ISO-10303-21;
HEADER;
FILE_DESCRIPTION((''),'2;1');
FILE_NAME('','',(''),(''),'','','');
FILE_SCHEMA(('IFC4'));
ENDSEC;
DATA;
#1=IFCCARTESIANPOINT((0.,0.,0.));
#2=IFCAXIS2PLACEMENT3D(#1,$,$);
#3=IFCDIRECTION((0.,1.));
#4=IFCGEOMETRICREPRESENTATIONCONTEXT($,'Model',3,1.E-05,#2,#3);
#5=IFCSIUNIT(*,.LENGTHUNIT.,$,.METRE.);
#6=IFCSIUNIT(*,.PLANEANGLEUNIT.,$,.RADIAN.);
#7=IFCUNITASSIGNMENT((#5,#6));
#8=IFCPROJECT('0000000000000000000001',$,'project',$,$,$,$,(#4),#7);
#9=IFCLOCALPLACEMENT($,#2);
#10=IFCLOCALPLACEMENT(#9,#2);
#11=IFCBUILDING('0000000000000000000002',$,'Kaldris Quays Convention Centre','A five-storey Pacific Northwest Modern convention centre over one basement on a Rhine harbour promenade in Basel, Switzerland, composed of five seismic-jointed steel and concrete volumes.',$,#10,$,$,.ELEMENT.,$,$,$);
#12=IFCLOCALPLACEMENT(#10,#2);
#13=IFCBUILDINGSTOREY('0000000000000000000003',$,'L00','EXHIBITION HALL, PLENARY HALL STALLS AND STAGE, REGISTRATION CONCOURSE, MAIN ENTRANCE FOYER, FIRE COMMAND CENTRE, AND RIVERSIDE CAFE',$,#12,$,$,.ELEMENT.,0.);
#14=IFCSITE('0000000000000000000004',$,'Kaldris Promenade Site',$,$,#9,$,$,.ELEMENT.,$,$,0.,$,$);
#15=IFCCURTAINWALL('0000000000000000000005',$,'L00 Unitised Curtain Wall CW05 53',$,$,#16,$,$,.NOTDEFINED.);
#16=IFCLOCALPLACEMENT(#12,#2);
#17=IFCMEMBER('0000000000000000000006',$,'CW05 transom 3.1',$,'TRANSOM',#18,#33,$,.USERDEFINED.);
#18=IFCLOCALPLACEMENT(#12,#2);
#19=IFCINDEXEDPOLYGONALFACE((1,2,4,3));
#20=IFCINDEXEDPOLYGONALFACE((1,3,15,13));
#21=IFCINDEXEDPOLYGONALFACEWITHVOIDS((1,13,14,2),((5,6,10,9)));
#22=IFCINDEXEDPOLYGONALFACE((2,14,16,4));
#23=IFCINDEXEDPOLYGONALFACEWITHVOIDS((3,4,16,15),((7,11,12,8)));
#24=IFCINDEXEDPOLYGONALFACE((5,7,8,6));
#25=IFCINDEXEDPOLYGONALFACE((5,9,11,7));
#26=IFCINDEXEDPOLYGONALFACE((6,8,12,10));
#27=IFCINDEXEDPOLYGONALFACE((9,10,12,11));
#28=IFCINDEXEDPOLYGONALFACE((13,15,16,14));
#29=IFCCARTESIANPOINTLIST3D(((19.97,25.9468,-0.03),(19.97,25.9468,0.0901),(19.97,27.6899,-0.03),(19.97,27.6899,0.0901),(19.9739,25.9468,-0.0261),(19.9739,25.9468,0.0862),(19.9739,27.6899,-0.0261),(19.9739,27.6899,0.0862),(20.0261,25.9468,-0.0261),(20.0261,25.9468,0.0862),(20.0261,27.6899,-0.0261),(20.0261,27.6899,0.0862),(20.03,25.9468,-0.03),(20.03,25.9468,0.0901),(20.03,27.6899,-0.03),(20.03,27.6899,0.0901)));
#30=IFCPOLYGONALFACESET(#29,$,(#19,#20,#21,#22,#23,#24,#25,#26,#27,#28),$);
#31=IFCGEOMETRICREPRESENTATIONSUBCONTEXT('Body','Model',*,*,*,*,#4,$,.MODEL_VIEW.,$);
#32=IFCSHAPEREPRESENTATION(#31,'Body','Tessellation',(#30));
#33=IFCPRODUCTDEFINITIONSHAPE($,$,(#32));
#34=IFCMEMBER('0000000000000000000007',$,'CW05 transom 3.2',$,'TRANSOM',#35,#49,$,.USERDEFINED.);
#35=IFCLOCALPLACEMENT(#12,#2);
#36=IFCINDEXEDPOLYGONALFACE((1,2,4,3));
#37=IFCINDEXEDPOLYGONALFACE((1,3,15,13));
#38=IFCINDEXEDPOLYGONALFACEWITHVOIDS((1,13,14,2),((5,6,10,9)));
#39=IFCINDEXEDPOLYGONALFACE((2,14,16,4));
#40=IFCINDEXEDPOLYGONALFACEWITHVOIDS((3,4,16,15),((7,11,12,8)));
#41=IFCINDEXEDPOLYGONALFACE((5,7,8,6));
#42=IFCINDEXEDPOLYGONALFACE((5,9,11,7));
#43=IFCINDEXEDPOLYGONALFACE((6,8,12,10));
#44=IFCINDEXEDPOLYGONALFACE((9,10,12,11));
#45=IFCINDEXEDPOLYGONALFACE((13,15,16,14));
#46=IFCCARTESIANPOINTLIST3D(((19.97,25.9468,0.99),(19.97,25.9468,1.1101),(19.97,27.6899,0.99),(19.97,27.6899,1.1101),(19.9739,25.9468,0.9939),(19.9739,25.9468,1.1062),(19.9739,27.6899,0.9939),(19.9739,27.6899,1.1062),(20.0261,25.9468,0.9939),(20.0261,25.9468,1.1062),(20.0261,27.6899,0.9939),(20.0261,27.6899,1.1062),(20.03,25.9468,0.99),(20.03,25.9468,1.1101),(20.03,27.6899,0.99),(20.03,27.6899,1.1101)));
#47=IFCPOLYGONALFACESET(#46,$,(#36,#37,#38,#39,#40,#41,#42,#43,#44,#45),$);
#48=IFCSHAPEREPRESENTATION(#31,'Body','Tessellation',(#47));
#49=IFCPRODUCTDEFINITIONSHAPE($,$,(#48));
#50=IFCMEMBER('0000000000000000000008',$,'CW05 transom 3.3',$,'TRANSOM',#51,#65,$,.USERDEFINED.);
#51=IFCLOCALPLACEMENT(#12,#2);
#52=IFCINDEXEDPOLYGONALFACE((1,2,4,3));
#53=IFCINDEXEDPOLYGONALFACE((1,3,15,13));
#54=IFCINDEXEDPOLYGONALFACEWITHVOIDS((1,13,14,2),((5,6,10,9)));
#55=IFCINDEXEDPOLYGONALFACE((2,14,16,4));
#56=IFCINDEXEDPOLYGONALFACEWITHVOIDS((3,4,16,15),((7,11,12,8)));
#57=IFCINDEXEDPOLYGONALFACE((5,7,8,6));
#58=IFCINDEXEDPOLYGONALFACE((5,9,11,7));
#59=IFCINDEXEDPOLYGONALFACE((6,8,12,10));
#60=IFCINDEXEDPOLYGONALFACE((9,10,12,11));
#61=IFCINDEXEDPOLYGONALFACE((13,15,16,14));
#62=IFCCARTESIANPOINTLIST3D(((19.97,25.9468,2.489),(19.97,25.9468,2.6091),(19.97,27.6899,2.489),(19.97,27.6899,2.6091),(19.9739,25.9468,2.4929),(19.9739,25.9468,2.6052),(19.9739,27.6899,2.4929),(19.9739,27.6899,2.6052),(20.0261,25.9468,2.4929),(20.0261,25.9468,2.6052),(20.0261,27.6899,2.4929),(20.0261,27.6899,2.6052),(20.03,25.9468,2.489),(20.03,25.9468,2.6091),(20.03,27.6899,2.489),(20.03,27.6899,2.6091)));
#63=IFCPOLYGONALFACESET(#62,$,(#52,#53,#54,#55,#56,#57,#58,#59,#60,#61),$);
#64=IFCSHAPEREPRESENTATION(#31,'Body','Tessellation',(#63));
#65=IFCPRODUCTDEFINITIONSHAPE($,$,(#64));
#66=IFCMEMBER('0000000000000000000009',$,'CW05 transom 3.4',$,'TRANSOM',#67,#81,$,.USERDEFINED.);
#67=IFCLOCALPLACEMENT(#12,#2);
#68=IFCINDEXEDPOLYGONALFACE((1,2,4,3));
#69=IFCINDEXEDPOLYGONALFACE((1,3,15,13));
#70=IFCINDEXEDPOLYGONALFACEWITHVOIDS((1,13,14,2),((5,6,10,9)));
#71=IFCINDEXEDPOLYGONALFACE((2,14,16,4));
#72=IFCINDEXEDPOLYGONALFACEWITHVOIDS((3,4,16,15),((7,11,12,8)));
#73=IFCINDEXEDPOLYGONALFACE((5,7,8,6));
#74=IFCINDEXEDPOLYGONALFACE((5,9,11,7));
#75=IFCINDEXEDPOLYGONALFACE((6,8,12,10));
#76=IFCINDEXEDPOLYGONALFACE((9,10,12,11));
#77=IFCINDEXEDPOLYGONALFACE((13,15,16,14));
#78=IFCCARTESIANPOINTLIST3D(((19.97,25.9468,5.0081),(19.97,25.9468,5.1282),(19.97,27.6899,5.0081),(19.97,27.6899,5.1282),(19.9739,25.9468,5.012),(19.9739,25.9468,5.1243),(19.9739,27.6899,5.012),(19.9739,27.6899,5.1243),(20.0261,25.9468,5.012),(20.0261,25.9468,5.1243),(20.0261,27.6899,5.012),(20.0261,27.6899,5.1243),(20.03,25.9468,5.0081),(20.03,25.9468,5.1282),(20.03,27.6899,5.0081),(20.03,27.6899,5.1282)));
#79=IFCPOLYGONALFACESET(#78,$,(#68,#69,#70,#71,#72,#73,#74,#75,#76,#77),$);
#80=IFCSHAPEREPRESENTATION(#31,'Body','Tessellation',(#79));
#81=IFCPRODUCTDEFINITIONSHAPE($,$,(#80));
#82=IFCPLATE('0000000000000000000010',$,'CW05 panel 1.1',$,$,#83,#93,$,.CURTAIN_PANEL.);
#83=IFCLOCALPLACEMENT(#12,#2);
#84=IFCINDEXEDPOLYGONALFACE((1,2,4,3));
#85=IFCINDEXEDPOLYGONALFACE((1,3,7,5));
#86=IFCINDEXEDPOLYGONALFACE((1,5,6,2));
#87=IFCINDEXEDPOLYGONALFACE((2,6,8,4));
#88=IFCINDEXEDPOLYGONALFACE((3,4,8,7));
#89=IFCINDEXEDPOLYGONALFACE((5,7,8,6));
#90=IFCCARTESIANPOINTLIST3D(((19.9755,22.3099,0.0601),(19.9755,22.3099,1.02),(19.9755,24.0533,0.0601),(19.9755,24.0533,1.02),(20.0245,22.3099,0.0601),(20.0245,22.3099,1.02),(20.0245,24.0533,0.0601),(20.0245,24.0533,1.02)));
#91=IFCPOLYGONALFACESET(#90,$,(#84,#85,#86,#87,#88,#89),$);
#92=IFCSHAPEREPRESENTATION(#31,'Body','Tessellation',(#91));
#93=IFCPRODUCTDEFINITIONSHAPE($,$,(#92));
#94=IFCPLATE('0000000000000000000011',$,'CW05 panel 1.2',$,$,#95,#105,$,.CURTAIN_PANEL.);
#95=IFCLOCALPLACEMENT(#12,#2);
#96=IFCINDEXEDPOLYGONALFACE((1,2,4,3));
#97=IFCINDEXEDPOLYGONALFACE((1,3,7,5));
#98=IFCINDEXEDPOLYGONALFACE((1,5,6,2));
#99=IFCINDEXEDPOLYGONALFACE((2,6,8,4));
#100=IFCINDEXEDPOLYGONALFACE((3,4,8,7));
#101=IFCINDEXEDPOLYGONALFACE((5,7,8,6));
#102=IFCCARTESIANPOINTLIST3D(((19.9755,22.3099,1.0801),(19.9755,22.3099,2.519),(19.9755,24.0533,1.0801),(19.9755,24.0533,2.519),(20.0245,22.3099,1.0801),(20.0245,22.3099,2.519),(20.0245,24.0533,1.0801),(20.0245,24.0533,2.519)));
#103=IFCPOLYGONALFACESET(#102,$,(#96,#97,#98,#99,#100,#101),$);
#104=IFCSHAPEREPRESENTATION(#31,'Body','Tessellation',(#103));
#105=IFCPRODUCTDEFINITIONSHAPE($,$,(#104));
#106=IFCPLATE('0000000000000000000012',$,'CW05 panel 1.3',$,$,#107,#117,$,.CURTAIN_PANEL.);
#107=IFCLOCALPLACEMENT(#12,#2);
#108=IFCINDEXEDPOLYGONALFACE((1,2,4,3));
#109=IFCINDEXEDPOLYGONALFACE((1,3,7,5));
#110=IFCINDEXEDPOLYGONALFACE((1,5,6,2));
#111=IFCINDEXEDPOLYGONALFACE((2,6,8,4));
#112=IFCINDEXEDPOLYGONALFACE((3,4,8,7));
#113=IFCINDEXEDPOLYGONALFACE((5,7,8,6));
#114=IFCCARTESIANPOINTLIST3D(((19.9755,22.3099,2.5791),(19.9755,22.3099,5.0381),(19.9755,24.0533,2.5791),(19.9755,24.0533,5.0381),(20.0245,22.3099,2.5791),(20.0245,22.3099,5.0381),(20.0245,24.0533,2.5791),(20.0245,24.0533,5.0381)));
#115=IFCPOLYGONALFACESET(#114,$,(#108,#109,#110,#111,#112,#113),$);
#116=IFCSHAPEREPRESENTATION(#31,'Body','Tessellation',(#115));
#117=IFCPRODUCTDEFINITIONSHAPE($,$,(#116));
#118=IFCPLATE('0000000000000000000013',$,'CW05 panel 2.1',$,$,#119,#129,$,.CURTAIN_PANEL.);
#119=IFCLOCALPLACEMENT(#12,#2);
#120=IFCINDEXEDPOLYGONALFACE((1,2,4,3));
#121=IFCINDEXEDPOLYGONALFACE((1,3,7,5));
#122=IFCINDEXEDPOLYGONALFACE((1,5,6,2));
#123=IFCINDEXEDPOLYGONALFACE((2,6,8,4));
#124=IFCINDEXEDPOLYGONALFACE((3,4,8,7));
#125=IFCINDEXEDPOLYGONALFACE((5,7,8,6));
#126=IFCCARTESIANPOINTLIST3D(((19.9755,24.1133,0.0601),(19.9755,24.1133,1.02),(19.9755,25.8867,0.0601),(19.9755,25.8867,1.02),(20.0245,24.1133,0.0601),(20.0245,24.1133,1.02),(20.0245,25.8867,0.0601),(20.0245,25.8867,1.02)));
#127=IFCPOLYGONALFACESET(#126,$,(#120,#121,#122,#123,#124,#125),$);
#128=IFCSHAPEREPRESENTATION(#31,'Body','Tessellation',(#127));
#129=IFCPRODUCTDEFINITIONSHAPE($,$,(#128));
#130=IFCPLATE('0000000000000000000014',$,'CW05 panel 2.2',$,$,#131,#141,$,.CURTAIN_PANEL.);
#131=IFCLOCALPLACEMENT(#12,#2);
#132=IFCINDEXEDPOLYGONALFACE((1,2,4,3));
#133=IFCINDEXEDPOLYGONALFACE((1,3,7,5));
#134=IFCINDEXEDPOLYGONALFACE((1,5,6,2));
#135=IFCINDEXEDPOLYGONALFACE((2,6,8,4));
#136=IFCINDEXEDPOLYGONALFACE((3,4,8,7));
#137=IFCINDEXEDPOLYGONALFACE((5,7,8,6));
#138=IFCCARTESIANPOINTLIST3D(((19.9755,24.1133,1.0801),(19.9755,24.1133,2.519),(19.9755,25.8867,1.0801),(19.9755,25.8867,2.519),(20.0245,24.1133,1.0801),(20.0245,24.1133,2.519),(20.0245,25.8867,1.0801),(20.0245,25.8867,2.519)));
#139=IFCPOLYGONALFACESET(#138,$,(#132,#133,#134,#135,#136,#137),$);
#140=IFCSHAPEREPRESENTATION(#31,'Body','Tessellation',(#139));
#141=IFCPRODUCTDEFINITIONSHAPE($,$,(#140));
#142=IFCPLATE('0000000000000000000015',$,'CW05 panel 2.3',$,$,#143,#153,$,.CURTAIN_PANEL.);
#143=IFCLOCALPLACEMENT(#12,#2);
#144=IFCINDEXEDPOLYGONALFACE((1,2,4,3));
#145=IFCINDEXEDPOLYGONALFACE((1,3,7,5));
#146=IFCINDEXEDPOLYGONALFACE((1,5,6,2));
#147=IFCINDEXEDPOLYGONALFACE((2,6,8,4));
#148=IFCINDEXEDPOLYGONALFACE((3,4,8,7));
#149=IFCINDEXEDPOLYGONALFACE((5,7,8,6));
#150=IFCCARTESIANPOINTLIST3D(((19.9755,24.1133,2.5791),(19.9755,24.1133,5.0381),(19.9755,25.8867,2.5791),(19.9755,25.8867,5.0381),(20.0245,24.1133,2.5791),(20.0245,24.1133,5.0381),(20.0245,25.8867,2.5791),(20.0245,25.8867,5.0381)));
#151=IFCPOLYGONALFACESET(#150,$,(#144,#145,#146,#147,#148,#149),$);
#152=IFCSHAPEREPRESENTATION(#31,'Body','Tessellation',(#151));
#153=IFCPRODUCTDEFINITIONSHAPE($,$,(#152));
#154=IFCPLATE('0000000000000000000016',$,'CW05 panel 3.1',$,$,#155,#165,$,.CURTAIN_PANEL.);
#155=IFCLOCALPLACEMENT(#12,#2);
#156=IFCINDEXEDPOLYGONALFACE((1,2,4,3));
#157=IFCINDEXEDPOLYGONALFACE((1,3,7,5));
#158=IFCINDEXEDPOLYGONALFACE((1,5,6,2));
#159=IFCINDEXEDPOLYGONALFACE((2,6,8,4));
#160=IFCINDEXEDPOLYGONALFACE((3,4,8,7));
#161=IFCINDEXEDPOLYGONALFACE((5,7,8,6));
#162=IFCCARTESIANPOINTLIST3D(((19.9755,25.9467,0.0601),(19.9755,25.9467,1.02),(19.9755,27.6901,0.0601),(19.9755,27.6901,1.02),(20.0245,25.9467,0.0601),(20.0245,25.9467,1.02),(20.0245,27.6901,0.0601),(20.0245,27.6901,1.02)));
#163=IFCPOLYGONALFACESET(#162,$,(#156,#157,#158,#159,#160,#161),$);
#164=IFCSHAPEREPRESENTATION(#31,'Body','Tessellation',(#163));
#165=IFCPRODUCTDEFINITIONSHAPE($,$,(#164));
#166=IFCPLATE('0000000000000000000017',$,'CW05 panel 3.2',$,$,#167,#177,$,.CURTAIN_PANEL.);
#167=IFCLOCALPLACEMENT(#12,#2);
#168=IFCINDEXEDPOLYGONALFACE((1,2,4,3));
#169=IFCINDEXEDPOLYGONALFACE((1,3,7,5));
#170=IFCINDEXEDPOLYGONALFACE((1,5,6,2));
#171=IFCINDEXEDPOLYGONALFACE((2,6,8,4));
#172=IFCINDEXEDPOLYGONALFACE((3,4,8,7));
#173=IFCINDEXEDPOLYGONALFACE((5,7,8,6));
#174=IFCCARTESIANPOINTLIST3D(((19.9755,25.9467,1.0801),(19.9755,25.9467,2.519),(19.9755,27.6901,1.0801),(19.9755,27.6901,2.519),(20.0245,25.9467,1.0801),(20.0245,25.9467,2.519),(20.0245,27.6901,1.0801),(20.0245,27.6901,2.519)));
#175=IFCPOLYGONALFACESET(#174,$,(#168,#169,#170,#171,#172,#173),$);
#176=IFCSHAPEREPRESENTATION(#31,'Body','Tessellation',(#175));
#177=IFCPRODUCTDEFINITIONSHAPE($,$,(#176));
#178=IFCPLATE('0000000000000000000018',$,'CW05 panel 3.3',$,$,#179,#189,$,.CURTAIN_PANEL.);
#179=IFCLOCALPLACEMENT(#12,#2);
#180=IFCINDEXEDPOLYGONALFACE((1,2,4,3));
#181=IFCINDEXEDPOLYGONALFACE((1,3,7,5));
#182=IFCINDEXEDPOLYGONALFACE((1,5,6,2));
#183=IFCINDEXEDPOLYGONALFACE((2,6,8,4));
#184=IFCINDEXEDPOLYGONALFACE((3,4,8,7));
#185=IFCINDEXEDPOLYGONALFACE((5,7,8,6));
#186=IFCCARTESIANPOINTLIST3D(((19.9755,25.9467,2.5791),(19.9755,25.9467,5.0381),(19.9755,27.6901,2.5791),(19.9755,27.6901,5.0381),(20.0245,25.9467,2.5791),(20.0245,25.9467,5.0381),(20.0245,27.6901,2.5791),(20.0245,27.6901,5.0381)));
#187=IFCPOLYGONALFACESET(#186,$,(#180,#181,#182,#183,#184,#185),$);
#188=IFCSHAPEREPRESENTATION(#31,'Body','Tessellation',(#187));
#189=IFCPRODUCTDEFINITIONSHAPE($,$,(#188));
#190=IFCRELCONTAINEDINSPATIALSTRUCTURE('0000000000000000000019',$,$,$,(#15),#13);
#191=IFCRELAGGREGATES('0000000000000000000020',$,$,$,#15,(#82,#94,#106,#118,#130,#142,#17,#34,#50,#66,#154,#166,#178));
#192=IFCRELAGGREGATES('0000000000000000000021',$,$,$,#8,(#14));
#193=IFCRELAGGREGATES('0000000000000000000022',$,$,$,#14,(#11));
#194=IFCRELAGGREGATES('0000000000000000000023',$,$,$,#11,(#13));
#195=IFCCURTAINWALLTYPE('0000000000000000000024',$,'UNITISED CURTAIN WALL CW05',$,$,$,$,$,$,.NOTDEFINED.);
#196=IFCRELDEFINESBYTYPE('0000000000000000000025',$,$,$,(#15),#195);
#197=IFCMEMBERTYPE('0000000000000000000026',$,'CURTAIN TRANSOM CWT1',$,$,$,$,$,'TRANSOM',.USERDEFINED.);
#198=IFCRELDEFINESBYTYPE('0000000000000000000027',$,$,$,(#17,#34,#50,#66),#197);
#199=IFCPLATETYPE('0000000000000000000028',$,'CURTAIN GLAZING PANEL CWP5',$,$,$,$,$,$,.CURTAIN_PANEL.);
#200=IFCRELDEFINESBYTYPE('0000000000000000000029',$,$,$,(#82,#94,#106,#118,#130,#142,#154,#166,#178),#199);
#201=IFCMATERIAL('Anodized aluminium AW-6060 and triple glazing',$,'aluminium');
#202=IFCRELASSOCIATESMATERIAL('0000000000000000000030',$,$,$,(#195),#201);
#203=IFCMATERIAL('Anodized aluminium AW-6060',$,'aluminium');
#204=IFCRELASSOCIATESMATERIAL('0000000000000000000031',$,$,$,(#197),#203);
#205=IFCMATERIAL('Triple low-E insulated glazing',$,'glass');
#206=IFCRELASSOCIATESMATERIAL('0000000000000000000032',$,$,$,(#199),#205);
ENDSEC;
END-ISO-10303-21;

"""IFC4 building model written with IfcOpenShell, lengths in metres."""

from ifc_helpers import new_model, si_unit, direction, frame, origin, origin_2d, place, context, subcontext, project, spatial, rectangle, hollow_rectangle, extrude, material, material_profile, profile_set, type_object, element, aggregate, save


model = new_model("IFC4")

# Units and contexts
model_context = context("Model", 3, precision=1e-05, world=origin(), true_north=direction((0.0, 1.0)))
body_context = subcontext(model_context, "Body", "Model", "MODEL_VIEW")
ifc_project = project(units=[si_unit("LENGTHUNIT", "METRE"), si_unit("PLANEANGLEUNIT", "RADIAN")], contexts=[model_context])

# Site, building, storey
site_placement = place(None, origin())
site = spatial("IfcSite", under=ifc_project, at=site_placement, Name="Kaldris Promenade Site", CompositionType="ELEMENT", RefElevation=0.0)
building_placement = place(site_placement, origin())
building = spatial("IfcBuilding", under=site, at=building_placement, Name="Kaldris Quays Convention Centre", Description="A five-storey Pacific Northwest Modern convention centre over one basement on a Rhine harbour promenade in Basel, Switzerland, composed of five seismic-jointed steel and concrete volumes.", CompositionType="ELEMENT")
storey_placement = place(building_placement, origin())
storey = spatial("IfcBuildingStorey", under=building, at=storey_placement, Name="L00", Description="EXHIBITION HALL, PLENARY HALL STALLS AND STAGE, REGISTRATION CONCOURSE, MAIN ENTRANCE FOYER, FIRE COMMAND CENTRE, AND RIVERSIDE CAFE", CompositionType="ELEMENT", Elevation=0.0)

# Curtain wall, members, plates
ifc_material_1 = material(Name="Anodized aluminium AW-6060 and triple glazing", Category="aluminium")
curtain_wall_type = type_object("IfcCurtainWallType", Name="UNITISED CURTAIN WALL CW05", PredefinedType="NOTDEFINED", material=ifc_material_1)
curtain_wall_placement = place(storey_placement, origin())
curtain_wall = element("IfcCurtainWall", 1, at=curtain_wall_placement, inside=storey, type_object=curtain_wall_type, Name="L00 Unitised Curtain Wall CW05 53", PredefinedType="NOTDEFINED")
ifc_material_2 = material(Name="Anodized aluminium AW-6060", Category="aluminium")
ifc_material_profile_1 = material_profile(ifc_material_2, hollow_rectangle(XDim=0.0601, YDim=0.1201, WallThickness=0.0039, at=origin_2d()), Name="RHS 120x60x4")
ifc_profile_set_1 = profile_set([ifc_material_profile_1], Name="Anodized aluminium AW-6060")
member_type_1 = type_object("IfcMemberType", Name="CURTAIN TRANSOM CWT1", ElementType="TRANSOM", PredefinedType="USERDEFINED", material=ifc_profile_set_1)
member_1_placement = place(storey_placement, frame((20.0, 25.9468, 0.03), z_axis=(0.0, 1.0, 0.0), x_axis=(-1.0, 0.0, 0.0)))
member_1 = element("IfcMember", 2, at=member_1_placement, type_object=member_type_1, Name="CW05 transom 3.1", ObjectType="TRANSOM", PredefinedType="USERDEFINED", context=body_context, shape_type="SweptSolid", body=[
    extrude(hollow_rectangle(XDim=0.0601, YDim=0.1201, WallThickness=0.0039, at=origin_2d()), origin(), (0.0, 0.0, 1.0), 1.7432),
])
member_2_placement = place(storey_placement, frame((20.0, 25.9468, 1.05), z_axis=(0.0, 1.0, 0.0), x_axis=(-1.0, 0.0, 0.0)))
member_2 = element("IfcMember", 3, at=member_2_placement, type_object=member_type_1, Name="CW05 transom 3.2", ObjectType="TRANSOM", PredefinedType="USERDEFINED", context=body_context, shape_type="SweptSolid", body=[
    extrude(hollow_rectangle(XDim=0.0601, YDim=0.1201, WallThickness=0.0039, at=origin_2d()), origin(), (0.0, 0.0, 1.0), 1.7432),
])
member_3_placement = place(storey_placement, frame((20.0, 25.9468, 2.5491), z_axis=(0.0, 1.0, 0.0), x_axis=(-1.0, 0.0, 0.0)))
member_3 = element("IfcMember", 4, at=member_3_placement, type_object=member_type_1, Name="CW05 transom 3.3", ObjectType="TRANSOM", PredefinedType="USERDEFINED", context=body_context, shape_type="SweptSolid", body=[
    extrude(hollow_rectangle(XDim=0.0601, YDim=0.1201, WallThickness=0.0039, at=origin_2d()), origin(), (0.0, 0.0, 1.0), 1.7432),
])
member_4_placement = place(storey_placement, frame((20.0, 25.9468, 5.0681), z_axis=(0.0, 1.0, 0.0), x_axis=(-1.0, 0.0, 0.0)))
member_4 = element("IfcMember", 5, at=member_4_placement, type_object=member_type_1, Name="CW05 transom 3.4", ObjectType="TRANSOM", PredefinedType="USERDEFINED", context=body_context, shape_type="SweptSolid", body=[
    extrude(hollow_rectangle(XDim=0.0601, YDim=0.1201, WallThickness=0.0039, at=origin_2d()), origin(), (0.0, 0.0, 1.0), 1.7432),
])
ifc_material_3 = material(Name="Triple low-E insulated glazing", Category="glass")
plate_type = type_object("IfcPlateType", Name="CURTAIN GLAZING PANEL CWP5", PredefinedType="CURTAIN_PANEL", material=ifc_material_3)
plate_1_placement = place(storey_placement, frame((20.0, 23.1816, 0.0601), z_axis=(0.0, 0.0, 1.0), x_axis=(0.0, 1.0, 0.0)))
plate_1 = element("IfcPlate", 6, at=plate_1_placement, type_object=plate_type, Name="CW05 panel 1.1", PredefinedType="CURTAIN_PANEL", context=body_context, shape_type="SweptSolid", body=[
    extrude(rectangle(XDim=1.7434, YDim=0.0491, at=origin_2d()), origin(), (0.0, 0.0, 1.0), 0.96),
])
plate_2_placement = place(storey_placement, frame((20.0, 23.1816, 1.0801), z_axis=(0.0, 0.0, 1.0), x_axis=(0.0, 1.0, 0.0)))
plate_2 = element("IfcPlate", 7, at=plate_2_placement, type_object=plate_type, Name="CW05 panel 1.2", PredefinedType="CURTAIN_PANEL", context=body_context, shape_type="SweptSolid", body=[
    extrude(rectangle(XDim=1.7434, YDim=0.0491, at=origin_2d()), origin(), (0.0, 0.0, 1.0), 1.439),
])
plate_3_placement = place(storey_placement, frame((20.0, 23.1816, 2.5791), z_axis=(0.0, 0.0, 1.0), x_axis=(0.0, 1.0, 0.0)))
plate_3 = element("IfcPlate", 8, at=plate_3_placement, type_object=plate_type, Name="CW05 panel 1.3", PredefinedType="CURTAIN_PANEL", context=body_context, shape_type="SweptSolid", body=[
    extrude(rectangle(XDim=1.7434, YDim=0.0491, at=origin_2d()), origin(), (0.0, 0.0, 1.0), 2.459),
])
plate_4_placement = place(storey_placement, frame((20.0, 25.0, 0.0601), z_axis=(0.0, 0.0, 1.0), x_axis=(0.0, 1.0, 0.0)))
plate_4 = element("IfcPlate", 9, at=plate_4_placement, type_object=plate_type, Name="CW05 panel 2.1", PredefinedType="CURTAIN_PANEL", context=body_context, shape_type="SweptSolid", body=[
    extrude(rectangle(XDim=1.7734, YDim=0.0491, at=origin_2d()), origin(), (0.0, 0.0, 1.0), 0.96),
])
plate_5_placement = place(storey_placement, frame((20.0, 25.0, 1.0801), z_axis=(0.0, 0.0, 1.0), x_axis=(0.0, 1.0, 0.0)))
plate_5 = element("IfcPlate", 10, at=plate_5_placement, type_object=plate_type, Name="CW05 panel 2.2", PredefinedType="CURTAIN_PANEL", context=body_context, shape_type="SweptSolid", body=[
    extrude(rectangle(XDim=1.7734, YDim=0.0491, at=origin_2d()), origin(), (0.0, 0.0, 1.0), 1.439),
])
plate_6_placement = place(storey_placement, frame((20.0, 25.0, 2.5791), z_axis=(0.0, 0.0, 1.0), x_axis=(0.0, 1.0, 0.0)))
plate_6 = element("IfcPlate", 11, at=plate_6_placement, type_object=plate_type, Name="CW05 panel 2.3", PredefinedType="CURTAIN_PANEL", context=body_context, shape_type="SweptSolid", body=[
    extrude(rectangle(XDim=1.7734, YDim=0.0491, at=origin_2d()), origin(), (0.0, 0.0, 1.0), 2.459),
])
plate_7_placement = place(storey_placement, frame((20.0, 26.8184, 0.0601), z_axis=(0.0, 0.0, 1.0), x_axis=(0.0, 1.0, 0.0)))
plate_7 = element("IfcPlate", 12, at=plate_7_placement, type_object=plate_type, Name="CW05 panel 3.1", PredefinedType="CURTAIN_PANEL", context=body_context, shape_type="SweptSolid", body=[
    extrude(rectangle(XDim=1.7434, YDim=0.0491, at=origin_2d()), origin(), (0.0, 0.0, 1.0), 0.96),
])
plate_8_placement = place(storey_placement, frame((20.0, 26.8184, 1.0801), z_axis=(0.0, 0.0, 1.0), x_axis=(0.0, 1.0, 0.0)))
plate_8 = element("IfcPlate", 13, at=plate_8_placement, type_object=plate_type, Name="CW05 panel 3.2", PredefinedType="CURTAIN_PANEL", context=body_context, shape_type="SweptSolid", body=[
    extrude(rectangle(XDim=1.7434, YDim=0.0491, at=origin_2d()), origin(), (0.0, 0.0, 1.0), 1.439),
])
plate_9_placement = place(storey_placement, frame((20.0, 26.8184, 2.5791), z_axis=(0.0, 0.0, 1.0), x_axis=(0.0, 1.0, 0.0)))
plate_9 = element("IfcPlate", 14, at=plate_9_placement, type_object=plate_type, Name="CW05 panel 3.3", PredefinedType="CURTAIN_PANEL", context=body_context, shape_type="SweptSolid", body=[
    extrude(rectangle(XDim=1.7434, YDim=0.0491, at=origin_2d()), origin(), (0.0, 0.0, 1.0), 2.459),
])
aggregate(curtain_wall, [plate_1, plate_2, plate_3, plate_4, plate_5, plate_6, member_1, member_2, member_3, member_4, plate_7, plate_8, plate_9])

save(model, "model.ifc")
